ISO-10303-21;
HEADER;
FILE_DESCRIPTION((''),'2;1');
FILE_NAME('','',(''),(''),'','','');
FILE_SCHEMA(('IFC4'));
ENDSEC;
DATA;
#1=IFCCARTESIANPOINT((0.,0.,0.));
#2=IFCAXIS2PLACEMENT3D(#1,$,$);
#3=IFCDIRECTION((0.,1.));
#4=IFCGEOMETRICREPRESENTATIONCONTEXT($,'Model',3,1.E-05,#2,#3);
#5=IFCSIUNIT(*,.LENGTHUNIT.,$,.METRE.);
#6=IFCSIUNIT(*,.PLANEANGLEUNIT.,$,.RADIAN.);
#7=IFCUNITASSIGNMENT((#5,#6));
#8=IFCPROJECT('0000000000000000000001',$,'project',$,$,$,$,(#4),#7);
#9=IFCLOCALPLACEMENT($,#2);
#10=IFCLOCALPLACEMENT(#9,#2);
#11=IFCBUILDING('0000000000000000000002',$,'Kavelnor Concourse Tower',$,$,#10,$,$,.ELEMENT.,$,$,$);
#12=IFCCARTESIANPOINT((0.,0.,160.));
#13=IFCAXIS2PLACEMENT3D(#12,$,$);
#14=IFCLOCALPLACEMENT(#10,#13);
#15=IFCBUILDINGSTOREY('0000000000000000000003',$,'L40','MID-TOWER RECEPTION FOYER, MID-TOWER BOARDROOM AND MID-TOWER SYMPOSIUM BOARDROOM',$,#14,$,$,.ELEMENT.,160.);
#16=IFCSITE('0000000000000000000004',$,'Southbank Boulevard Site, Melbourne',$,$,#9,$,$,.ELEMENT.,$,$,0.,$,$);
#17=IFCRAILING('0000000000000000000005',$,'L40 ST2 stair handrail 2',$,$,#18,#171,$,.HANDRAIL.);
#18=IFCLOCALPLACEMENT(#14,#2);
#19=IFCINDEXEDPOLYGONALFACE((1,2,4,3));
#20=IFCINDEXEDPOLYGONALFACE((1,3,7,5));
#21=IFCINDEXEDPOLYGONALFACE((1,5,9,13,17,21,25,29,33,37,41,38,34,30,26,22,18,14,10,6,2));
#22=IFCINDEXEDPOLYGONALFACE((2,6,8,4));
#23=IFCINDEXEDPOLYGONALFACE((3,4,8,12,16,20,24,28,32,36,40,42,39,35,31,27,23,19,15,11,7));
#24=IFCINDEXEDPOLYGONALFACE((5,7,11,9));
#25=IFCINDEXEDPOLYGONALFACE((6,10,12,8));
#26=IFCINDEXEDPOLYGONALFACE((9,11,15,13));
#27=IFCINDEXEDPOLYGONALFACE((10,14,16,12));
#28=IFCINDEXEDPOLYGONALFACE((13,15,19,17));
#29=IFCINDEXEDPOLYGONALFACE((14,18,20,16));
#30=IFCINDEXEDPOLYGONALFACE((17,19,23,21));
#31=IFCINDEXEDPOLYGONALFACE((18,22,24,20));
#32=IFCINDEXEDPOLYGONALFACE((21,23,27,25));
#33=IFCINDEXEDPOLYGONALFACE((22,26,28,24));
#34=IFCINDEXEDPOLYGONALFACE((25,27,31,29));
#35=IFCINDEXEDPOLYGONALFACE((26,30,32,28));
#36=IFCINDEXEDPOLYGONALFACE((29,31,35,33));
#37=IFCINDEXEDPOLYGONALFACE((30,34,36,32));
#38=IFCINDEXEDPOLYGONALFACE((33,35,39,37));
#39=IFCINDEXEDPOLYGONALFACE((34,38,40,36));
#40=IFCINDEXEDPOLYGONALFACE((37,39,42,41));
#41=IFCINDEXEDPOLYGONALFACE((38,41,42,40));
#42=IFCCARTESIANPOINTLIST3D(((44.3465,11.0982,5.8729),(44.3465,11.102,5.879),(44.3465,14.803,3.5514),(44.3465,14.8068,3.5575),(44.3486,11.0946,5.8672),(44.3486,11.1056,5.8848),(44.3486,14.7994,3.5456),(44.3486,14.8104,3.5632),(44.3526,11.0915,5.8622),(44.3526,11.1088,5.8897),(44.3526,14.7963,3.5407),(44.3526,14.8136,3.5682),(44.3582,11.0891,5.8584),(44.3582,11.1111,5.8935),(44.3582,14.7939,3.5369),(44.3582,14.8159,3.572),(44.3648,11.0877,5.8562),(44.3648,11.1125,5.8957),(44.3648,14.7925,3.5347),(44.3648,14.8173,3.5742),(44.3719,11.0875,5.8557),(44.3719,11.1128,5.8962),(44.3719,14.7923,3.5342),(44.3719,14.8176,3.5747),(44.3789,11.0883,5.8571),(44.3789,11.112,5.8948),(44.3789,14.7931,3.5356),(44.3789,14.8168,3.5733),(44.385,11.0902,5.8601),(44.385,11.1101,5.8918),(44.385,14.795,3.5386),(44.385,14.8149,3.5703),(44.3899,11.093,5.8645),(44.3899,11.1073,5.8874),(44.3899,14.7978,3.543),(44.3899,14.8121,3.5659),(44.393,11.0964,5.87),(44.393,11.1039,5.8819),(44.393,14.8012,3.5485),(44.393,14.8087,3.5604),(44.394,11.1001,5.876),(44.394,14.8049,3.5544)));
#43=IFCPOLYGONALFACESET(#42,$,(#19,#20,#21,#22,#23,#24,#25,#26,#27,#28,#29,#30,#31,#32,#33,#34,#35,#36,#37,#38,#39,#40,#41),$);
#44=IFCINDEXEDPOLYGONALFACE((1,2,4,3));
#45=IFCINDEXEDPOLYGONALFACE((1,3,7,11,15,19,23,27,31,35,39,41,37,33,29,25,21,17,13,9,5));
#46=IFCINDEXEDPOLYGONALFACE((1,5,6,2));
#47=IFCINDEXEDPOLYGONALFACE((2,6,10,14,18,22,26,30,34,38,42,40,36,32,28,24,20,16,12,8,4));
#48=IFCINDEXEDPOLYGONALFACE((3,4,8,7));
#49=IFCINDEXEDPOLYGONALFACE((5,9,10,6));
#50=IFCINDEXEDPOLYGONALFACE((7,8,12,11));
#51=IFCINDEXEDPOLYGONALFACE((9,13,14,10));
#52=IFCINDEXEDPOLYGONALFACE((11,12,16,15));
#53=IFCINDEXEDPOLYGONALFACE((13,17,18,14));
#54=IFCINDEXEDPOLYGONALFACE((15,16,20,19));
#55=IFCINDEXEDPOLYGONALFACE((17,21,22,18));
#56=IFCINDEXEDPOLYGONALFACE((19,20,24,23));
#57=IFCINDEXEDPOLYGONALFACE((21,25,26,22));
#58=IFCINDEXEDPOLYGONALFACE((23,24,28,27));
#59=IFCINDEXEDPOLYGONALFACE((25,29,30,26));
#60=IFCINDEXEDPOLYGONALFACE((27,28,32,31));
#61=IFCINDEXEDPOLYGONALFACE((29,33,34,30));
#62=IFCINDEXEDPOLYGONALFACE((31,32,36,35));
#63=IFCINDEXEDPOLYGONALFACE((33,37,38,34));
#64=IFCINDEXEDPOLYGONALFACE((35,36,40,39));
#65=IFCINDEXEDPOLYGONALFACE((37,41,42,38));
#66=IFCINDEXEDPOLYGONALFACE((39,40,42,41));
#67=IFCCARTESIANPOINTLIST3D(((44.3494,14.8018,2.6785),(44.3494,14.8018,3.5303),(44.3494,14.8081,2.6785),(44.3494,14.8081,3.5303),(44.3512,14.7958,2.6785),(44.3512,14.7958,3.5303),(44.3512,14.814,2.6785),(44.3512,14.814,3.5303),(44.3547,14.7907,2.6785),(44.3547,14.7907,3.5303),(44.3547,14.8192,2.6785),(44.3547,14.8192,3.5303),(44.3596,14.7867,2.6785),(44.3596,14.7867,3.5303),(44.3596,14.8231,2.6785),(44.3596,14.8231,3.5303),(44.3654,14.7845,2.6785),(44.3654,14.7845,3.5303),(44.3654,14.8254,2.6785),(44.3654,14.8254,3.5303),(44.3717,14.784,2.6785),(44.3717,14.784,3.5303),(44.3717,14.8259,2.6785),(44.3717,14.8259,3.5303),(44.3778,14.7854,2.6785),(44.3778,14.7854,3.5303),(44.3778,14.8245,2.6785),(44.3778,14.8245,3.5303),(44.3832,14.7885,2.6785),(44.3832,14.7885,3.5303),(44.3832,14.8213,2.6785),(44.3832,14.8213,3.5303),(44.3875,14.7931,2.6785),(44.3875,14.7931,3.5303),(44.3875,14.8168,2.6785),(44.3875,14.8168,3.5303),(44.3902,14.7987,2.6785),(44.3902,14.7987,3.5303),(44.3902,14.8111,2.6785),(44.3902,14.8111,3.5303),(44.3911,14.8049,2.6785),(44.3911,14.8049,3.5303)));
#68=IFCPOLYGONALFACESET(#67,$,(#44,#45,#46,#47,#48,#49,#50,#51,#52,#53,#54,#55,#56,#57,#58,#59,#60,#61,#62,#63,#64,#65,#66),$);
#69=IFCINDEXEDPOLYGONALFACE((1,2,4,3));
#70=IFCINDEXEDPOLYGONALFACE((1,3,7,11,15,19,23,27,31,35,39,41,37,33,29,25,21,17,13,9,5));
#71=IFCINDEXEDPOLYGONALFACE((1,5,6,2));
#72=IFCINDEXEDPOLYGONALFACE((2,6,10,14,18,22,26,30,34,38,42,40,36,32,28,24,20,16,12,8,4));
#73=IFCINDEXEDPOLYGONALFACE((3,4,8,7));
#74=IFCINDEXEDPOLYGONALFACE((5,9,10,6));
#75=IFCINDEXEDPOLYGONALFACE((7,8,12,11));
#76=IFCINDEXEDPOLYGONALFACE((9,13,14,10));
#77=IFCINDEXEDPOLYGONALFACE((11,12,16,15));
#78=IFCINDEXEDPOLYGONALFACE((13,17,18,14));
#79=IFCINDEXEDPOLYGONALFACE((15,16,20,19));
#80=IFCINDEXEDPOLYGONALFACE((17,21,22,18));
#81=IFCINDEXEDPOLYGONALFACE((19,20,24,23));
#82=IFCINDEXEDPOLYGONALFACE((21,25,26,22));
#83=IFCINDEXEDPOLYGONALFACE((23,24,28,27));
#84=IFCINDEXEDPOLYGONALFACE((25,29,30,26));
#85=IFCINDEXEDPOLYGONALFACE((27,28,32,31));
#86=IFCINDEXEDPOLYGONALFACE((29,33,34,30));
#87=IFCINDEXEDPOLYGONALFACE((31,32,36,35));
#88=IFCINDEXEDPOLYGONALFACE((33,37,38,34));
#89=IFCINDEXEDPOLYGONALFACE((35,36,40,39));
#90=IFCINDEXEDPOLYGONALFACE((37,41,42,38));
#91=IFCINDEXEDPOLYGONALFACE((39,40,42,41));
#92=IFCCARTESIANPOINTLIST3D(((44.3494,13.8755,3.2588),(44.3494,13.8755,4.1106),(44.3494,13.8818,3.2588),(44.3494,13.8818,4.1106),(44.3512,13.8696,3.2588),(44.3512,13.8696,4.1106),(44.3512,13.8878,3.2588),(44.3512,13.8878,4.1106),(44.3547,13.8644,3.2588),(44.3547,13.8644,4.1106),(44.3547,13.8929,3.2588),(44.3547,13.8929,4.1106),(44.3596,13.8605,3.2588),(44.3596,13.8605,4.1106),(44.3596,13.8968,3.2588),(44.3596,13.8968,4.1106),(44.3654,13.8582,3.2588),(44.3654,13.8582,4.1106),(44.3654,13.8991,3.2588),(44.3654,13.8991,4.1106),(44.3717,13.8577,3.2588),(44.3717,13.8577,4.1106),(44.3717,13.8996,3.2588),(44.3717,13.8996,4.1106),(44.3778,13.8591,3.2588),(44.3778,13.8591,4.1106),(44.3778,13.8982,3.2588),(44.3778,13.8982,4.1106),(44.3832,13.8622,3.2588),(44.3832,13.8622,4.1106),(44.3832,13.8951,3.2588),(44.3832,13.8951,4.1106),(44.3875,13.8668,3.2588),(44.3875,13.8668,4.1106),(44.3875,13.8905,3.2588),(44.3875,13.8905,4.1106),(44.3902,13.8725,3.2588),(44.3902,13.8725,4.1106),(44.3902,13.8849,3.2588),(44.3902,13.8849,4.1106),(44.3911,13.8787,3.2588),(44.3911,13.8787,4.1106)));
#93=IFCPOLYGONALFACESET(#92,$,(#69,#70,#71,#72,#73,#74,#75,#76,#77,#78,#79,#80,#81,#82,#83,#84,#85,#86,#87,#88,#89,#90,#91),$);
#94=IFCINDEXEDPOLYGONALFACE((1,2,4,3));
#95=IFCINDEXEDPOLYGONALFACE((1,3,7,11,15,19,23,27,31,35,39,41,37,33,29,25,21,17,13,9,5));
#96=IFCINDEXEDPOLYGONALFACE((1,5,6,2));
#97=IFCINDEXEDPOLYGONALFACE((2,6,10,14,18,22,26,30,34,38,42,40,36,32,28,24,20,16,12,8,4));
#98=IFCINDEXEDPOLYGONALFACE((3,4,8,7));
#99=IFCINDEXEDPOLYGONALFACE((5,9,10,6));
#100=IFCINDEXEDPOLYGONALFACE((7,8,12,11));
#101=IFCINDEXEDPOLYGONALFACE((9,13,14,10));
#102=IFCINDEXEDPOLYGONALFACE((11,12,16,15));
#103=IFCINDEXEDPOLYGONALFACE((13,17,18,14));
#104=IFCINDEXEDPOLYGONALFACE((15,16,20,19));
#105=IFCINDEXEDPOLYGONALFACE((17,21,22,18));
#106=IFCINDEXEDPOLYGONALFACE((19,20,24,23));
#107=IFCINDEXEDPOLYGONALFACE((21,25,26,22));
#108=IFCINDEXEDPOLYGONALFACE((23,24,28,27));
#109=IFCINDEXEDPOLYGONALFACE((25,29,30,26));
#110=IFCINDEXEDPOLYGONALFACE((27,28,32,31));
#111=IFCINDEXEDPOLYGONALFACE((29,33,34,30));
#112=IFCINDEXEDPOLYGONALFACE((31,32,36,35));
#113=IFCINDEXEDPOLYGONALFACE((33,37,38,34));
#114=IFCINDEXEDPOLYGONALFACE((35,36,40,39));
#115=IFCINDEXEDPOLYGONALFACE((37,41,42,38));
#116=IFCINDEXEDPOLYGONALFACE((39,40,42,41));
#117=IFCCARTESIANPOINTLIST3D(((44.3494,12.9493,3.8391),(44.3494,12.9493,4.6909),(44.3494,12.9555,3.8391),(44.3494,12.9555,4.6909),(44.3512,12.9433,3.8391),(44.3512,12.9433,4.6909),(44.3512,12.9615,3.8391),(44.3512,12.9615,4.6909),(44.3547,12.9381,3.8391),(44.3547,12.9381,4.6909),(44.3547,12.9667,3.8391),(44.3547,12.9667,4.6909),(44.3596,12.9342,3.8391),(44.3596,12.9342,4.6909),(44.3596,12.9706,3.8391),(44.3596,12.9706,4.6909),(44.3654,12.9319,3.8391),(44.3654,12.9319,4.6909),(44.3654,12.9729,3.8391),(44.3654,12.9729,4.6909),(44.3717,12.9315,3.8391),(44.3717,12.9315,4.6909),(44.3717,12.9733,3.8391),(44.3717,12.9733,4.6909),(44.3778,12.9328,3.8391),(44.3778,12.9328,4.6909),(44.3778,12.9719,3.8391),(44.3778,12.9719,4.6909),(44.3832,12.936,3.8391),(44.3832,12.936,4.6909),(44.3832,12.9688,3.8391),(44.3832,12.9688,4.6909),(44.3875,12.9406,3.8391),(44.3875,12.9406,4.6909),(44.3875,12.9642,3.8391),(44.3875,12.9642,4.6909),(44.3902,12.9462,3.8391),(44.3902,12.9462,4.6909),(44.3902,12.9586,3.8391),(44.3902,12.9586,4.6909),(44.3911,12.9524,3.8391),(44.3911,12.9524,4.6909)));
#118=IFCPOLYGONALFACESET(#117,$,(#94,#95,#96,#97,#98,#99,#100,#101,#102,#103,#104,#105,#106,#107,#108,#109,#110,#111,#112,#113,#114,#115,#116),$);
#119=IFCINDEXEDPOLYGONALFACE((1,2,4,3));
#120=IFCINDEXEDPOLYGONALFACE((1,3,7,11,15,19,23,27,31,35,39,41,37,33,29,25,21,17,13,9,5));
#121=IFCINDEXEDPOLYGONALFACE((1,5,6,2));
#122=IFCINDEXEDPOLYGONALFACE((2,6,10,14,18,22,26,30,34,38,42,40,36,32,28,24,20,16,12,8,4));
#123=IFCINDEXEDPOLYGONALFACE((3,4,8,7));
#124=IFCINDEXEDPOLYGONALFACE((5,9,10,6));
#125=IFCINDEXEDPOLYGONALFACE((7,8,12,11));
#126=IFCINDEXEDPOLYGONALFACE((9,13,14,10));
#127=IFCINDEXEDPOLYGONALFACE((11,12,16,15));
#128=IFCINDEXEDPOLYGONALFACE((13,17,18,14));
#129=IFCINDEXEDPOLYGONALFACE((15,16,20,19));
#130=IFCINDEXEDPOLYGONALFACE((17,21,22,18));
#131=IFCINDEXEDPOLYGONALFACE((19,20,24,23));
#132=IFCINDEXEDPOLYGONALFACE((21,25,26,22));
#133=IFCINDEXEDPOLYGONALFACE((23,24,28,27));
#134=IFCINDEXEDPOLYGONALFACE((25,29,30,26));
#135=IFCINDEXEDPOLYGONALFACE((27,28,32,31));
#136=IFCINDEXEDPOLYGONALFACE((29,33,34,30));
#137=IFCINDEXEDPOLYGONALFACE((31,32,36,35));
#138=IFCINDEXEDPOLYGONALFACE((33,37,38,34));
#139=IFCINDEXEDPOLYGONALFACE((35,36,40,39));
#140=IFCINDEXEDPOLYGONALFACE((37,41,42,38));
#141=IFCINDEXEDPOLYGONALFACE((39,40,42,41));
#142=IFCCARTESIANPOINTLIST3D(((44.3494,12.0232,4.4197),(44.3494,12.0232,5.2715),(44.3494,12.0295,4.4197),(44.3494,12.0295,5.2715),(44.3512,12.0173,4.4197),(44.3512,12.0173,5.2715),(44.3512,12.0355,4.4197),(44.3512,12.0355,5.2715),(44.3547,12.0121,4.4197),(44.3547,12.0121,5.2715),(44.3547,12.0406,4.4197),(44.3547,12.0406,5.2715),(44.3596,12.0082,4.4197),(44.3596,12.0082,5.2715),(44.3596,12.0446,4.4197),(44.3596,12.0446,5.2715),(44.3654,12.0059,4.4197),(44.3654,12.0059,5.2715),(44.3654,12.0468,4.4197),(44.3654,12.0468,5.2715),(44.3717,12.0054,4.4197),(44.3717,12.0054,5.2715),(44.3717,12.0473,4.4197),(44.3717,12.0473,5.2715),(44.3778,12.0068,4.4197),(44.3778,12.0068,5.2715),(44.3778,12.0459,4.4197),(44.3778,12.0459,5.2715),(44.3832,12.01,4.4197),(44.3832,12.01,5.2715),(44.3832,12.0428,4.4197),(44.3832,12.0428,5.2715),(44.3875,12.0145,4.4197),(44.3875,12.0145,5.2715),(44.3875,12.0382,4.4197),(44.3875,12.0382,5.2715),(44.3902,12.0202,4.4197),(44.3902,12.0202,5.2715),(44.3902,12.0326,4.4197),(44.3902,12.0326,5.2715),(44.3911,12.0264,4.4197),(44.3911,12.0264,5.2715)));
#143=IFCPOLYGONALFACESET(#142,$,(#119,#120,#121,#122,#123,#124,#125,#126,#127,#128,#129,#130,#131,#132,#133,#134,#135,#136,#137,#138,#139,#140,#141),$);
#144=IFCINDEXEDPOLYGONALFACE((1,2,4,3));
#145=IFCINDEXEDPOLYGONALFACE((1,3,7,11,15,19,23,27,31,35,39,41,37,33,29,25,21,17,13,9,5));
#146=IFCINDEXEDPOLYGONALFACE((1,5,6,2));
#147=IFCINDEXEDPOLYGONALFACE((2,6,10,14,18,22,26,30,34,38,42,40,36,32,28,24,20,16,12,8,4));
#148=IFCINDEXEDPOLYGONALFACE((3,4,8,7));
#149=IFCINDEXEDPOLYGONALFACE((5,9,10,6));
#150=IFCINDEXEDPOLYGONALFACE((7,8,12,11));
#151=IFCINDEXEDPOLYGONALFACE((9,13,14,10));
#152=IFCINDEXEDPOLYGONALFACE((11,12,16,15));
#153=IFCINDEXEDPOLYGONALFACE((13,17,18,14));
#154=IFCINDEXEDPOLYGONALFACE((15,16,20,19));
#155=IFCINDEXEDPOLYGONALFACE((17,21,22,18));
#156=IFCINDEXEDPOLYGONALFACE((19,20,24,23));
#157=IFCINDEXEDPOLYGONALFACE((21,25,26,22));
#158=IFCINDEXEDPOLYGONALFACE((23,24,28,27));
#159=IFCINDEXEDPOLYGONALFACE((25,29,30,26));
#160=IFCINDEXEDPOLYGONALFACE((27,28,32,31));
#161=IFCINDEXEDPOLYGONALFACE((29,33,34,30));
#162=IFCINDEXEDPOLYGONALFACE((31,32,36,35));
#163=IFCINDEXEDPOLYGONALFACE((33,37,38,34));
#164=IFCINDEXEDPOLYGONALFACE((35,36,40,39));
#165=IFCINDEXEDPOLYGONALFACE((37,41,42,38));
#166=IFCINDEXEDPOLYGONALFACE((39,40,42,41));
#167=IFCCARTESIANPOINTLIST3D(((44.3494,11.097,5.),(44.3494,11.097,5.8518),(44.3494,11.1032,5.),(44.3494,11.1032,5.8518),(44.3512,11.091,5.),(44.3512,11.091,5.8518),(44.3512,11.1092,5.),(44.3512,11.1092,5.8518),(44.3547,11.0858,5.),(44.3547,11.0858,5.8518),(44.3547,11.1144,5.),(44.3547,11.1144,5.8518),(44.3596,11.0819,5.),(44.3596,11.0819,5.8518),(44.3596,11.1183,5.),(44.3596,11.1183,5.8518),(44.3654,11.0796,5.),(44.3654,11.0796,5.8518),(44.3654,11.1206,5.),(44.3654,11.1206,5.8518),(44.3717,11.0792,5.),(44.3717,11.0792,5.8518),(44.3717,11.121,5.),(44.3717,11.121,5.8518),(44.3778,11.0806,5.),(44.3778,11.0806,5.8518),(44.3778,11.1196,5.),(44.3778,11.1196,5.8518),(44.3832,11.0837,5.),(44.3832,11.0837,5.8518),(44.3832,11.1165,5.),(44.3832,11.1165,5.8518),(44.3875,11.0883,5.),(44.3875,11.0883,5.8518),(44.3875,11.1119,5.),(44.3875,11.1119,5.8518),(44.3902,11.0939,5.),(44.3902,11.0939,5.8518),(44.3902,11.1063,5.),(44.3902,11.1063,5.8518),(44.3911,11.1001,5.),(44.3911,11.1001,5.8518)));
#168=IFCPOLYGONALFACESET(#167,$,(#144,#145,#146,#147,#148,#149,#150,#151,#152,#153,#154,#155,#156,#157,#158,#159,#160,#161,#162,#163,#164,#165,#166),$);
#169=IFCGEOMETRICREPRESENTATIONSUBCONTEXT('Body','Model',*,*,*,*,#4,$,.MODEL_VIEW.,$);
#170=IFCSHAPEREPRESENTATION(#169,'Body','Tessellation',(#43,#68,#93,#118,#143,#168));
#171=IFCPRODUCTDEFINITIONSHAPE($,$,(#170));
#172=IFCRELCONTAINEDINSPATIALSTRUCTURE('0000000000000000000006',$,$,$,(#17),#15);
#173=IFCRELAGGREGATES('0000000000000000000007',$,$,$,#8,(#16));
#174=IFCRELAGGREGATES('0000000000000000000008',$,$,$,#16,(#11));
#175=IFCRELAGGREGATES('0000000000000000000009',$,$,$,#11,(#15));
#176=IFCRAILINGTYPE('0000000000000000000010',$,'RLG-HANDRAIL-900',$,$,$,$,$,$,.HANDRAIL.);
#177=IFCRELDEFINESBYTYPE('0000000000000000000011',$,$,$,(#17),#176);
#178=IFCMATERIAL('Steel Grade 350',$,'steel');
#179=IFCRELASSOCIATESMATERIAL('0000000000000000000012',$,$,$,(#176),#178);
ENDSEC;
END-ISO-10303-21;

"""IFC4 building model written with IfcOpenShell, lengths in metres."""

from ifc_helpers import new_model, si_unit, direction, frame, origin, origin_2d, place, context, subcontext, project, spatial, circle, extrude, material, type_object, element, save


model = new_model("IFC4")

# Units and contexts
model_context = context("Model", 3, precision=1e-05, world=origin(), true_north=direction((0.0, 1.0)))
body_context = subcontext(model_context, "Body", "Model", "MODEL_VIEW")
ifc_project = project(units=[si_unit("LENGTHUNIT", "METRE"), si_unit("PLANEANGLEUNIT", "RADIAN")], contexts=[model_context])

# Site, building, storey
site_placement = place(None, origin())
site = spatial("IfcSite", under=ifc_project, at=site_placement, Name="Southbank Boulevard Site, Melbourne", CompositionType="ELEMENT", RefElevation=0.0)
building_placement = place(site_placement, origin())
building = spatial("IfcBuilding", under=site, at=building_placement, Name="Kavelnor Concourse Tower", CompositionType="ELEMENT")
storey_placement = place(building_placement, frame((0.0, 0.0, 160.0)))
storey = spatial("IfcBuildingStorey", under=building, at=storey_placement, Name="L40", Description="MID-TOWER RECEPTION FOYER, MID-TOWER BOARDROOM AND MID-TOWER SYMPOSIUM BOARDROOM", CompositionType="ELEMENT", Elevation=160.0)

# Shared definitions
ifc_material_1 = material(Name="Steel Grade 350", Category="steel")

# Railing
railing_type = type_object("IfcRailingType", Name="RLG-HANDRAIL-900", PredefinedType="HANDRAIL", material=ifc_material_1)
railing_placement = place(storey_placement, frame((44.3701, 14.8049, 2.6785)))
element("IfcRailing", 1, at=railing_placement, inside=storey, type_object=railing_type, Name="L40 ST2 stair handrail 2", PredefinedType="HANDRAIL", context=body_context, shape_type="SweptSolid", body=[
    extrude(circle(Radius=0.0239, at=origin_2d()), frame((0.0, 0.0, 0.876), z_axis=(0.0, -0.84738, 0.530987), x_axis=(1.0, 0.0, 0.0)), (0.0, 0.0, 1.0), 4.3721),
    extrude(circle(Radius=0.021, at=origin_2d()), origin(), (0.0, 0.0, 1.0), 0.8518),
    extrude(circle(Radius=0.021, at=origin_2d()), frame((0.0, -0.9263, 0.5803)), (0.0, 0.0, 1.0), 0.8518),
    extrude(circle(Radius=0.021, at=origin_2d()), frame((0.0, -1.8525, 1.1606)), (0.0, 0.0, 1.0), 0.8518),
    extrude(circle(Radius=0.021, at=origin_2d()), frame((0.0, -2.7786, 1.7412)), (0.0, 0.0, 1.0), 0.8518),
    extrude(circle(Radius=0.021, at=origin_2d()), frame((0.0, -3.7048, 2.3215)), (0.0, 0.0, 1.0), 0.8518),
])

save(model, "model.ifc")
